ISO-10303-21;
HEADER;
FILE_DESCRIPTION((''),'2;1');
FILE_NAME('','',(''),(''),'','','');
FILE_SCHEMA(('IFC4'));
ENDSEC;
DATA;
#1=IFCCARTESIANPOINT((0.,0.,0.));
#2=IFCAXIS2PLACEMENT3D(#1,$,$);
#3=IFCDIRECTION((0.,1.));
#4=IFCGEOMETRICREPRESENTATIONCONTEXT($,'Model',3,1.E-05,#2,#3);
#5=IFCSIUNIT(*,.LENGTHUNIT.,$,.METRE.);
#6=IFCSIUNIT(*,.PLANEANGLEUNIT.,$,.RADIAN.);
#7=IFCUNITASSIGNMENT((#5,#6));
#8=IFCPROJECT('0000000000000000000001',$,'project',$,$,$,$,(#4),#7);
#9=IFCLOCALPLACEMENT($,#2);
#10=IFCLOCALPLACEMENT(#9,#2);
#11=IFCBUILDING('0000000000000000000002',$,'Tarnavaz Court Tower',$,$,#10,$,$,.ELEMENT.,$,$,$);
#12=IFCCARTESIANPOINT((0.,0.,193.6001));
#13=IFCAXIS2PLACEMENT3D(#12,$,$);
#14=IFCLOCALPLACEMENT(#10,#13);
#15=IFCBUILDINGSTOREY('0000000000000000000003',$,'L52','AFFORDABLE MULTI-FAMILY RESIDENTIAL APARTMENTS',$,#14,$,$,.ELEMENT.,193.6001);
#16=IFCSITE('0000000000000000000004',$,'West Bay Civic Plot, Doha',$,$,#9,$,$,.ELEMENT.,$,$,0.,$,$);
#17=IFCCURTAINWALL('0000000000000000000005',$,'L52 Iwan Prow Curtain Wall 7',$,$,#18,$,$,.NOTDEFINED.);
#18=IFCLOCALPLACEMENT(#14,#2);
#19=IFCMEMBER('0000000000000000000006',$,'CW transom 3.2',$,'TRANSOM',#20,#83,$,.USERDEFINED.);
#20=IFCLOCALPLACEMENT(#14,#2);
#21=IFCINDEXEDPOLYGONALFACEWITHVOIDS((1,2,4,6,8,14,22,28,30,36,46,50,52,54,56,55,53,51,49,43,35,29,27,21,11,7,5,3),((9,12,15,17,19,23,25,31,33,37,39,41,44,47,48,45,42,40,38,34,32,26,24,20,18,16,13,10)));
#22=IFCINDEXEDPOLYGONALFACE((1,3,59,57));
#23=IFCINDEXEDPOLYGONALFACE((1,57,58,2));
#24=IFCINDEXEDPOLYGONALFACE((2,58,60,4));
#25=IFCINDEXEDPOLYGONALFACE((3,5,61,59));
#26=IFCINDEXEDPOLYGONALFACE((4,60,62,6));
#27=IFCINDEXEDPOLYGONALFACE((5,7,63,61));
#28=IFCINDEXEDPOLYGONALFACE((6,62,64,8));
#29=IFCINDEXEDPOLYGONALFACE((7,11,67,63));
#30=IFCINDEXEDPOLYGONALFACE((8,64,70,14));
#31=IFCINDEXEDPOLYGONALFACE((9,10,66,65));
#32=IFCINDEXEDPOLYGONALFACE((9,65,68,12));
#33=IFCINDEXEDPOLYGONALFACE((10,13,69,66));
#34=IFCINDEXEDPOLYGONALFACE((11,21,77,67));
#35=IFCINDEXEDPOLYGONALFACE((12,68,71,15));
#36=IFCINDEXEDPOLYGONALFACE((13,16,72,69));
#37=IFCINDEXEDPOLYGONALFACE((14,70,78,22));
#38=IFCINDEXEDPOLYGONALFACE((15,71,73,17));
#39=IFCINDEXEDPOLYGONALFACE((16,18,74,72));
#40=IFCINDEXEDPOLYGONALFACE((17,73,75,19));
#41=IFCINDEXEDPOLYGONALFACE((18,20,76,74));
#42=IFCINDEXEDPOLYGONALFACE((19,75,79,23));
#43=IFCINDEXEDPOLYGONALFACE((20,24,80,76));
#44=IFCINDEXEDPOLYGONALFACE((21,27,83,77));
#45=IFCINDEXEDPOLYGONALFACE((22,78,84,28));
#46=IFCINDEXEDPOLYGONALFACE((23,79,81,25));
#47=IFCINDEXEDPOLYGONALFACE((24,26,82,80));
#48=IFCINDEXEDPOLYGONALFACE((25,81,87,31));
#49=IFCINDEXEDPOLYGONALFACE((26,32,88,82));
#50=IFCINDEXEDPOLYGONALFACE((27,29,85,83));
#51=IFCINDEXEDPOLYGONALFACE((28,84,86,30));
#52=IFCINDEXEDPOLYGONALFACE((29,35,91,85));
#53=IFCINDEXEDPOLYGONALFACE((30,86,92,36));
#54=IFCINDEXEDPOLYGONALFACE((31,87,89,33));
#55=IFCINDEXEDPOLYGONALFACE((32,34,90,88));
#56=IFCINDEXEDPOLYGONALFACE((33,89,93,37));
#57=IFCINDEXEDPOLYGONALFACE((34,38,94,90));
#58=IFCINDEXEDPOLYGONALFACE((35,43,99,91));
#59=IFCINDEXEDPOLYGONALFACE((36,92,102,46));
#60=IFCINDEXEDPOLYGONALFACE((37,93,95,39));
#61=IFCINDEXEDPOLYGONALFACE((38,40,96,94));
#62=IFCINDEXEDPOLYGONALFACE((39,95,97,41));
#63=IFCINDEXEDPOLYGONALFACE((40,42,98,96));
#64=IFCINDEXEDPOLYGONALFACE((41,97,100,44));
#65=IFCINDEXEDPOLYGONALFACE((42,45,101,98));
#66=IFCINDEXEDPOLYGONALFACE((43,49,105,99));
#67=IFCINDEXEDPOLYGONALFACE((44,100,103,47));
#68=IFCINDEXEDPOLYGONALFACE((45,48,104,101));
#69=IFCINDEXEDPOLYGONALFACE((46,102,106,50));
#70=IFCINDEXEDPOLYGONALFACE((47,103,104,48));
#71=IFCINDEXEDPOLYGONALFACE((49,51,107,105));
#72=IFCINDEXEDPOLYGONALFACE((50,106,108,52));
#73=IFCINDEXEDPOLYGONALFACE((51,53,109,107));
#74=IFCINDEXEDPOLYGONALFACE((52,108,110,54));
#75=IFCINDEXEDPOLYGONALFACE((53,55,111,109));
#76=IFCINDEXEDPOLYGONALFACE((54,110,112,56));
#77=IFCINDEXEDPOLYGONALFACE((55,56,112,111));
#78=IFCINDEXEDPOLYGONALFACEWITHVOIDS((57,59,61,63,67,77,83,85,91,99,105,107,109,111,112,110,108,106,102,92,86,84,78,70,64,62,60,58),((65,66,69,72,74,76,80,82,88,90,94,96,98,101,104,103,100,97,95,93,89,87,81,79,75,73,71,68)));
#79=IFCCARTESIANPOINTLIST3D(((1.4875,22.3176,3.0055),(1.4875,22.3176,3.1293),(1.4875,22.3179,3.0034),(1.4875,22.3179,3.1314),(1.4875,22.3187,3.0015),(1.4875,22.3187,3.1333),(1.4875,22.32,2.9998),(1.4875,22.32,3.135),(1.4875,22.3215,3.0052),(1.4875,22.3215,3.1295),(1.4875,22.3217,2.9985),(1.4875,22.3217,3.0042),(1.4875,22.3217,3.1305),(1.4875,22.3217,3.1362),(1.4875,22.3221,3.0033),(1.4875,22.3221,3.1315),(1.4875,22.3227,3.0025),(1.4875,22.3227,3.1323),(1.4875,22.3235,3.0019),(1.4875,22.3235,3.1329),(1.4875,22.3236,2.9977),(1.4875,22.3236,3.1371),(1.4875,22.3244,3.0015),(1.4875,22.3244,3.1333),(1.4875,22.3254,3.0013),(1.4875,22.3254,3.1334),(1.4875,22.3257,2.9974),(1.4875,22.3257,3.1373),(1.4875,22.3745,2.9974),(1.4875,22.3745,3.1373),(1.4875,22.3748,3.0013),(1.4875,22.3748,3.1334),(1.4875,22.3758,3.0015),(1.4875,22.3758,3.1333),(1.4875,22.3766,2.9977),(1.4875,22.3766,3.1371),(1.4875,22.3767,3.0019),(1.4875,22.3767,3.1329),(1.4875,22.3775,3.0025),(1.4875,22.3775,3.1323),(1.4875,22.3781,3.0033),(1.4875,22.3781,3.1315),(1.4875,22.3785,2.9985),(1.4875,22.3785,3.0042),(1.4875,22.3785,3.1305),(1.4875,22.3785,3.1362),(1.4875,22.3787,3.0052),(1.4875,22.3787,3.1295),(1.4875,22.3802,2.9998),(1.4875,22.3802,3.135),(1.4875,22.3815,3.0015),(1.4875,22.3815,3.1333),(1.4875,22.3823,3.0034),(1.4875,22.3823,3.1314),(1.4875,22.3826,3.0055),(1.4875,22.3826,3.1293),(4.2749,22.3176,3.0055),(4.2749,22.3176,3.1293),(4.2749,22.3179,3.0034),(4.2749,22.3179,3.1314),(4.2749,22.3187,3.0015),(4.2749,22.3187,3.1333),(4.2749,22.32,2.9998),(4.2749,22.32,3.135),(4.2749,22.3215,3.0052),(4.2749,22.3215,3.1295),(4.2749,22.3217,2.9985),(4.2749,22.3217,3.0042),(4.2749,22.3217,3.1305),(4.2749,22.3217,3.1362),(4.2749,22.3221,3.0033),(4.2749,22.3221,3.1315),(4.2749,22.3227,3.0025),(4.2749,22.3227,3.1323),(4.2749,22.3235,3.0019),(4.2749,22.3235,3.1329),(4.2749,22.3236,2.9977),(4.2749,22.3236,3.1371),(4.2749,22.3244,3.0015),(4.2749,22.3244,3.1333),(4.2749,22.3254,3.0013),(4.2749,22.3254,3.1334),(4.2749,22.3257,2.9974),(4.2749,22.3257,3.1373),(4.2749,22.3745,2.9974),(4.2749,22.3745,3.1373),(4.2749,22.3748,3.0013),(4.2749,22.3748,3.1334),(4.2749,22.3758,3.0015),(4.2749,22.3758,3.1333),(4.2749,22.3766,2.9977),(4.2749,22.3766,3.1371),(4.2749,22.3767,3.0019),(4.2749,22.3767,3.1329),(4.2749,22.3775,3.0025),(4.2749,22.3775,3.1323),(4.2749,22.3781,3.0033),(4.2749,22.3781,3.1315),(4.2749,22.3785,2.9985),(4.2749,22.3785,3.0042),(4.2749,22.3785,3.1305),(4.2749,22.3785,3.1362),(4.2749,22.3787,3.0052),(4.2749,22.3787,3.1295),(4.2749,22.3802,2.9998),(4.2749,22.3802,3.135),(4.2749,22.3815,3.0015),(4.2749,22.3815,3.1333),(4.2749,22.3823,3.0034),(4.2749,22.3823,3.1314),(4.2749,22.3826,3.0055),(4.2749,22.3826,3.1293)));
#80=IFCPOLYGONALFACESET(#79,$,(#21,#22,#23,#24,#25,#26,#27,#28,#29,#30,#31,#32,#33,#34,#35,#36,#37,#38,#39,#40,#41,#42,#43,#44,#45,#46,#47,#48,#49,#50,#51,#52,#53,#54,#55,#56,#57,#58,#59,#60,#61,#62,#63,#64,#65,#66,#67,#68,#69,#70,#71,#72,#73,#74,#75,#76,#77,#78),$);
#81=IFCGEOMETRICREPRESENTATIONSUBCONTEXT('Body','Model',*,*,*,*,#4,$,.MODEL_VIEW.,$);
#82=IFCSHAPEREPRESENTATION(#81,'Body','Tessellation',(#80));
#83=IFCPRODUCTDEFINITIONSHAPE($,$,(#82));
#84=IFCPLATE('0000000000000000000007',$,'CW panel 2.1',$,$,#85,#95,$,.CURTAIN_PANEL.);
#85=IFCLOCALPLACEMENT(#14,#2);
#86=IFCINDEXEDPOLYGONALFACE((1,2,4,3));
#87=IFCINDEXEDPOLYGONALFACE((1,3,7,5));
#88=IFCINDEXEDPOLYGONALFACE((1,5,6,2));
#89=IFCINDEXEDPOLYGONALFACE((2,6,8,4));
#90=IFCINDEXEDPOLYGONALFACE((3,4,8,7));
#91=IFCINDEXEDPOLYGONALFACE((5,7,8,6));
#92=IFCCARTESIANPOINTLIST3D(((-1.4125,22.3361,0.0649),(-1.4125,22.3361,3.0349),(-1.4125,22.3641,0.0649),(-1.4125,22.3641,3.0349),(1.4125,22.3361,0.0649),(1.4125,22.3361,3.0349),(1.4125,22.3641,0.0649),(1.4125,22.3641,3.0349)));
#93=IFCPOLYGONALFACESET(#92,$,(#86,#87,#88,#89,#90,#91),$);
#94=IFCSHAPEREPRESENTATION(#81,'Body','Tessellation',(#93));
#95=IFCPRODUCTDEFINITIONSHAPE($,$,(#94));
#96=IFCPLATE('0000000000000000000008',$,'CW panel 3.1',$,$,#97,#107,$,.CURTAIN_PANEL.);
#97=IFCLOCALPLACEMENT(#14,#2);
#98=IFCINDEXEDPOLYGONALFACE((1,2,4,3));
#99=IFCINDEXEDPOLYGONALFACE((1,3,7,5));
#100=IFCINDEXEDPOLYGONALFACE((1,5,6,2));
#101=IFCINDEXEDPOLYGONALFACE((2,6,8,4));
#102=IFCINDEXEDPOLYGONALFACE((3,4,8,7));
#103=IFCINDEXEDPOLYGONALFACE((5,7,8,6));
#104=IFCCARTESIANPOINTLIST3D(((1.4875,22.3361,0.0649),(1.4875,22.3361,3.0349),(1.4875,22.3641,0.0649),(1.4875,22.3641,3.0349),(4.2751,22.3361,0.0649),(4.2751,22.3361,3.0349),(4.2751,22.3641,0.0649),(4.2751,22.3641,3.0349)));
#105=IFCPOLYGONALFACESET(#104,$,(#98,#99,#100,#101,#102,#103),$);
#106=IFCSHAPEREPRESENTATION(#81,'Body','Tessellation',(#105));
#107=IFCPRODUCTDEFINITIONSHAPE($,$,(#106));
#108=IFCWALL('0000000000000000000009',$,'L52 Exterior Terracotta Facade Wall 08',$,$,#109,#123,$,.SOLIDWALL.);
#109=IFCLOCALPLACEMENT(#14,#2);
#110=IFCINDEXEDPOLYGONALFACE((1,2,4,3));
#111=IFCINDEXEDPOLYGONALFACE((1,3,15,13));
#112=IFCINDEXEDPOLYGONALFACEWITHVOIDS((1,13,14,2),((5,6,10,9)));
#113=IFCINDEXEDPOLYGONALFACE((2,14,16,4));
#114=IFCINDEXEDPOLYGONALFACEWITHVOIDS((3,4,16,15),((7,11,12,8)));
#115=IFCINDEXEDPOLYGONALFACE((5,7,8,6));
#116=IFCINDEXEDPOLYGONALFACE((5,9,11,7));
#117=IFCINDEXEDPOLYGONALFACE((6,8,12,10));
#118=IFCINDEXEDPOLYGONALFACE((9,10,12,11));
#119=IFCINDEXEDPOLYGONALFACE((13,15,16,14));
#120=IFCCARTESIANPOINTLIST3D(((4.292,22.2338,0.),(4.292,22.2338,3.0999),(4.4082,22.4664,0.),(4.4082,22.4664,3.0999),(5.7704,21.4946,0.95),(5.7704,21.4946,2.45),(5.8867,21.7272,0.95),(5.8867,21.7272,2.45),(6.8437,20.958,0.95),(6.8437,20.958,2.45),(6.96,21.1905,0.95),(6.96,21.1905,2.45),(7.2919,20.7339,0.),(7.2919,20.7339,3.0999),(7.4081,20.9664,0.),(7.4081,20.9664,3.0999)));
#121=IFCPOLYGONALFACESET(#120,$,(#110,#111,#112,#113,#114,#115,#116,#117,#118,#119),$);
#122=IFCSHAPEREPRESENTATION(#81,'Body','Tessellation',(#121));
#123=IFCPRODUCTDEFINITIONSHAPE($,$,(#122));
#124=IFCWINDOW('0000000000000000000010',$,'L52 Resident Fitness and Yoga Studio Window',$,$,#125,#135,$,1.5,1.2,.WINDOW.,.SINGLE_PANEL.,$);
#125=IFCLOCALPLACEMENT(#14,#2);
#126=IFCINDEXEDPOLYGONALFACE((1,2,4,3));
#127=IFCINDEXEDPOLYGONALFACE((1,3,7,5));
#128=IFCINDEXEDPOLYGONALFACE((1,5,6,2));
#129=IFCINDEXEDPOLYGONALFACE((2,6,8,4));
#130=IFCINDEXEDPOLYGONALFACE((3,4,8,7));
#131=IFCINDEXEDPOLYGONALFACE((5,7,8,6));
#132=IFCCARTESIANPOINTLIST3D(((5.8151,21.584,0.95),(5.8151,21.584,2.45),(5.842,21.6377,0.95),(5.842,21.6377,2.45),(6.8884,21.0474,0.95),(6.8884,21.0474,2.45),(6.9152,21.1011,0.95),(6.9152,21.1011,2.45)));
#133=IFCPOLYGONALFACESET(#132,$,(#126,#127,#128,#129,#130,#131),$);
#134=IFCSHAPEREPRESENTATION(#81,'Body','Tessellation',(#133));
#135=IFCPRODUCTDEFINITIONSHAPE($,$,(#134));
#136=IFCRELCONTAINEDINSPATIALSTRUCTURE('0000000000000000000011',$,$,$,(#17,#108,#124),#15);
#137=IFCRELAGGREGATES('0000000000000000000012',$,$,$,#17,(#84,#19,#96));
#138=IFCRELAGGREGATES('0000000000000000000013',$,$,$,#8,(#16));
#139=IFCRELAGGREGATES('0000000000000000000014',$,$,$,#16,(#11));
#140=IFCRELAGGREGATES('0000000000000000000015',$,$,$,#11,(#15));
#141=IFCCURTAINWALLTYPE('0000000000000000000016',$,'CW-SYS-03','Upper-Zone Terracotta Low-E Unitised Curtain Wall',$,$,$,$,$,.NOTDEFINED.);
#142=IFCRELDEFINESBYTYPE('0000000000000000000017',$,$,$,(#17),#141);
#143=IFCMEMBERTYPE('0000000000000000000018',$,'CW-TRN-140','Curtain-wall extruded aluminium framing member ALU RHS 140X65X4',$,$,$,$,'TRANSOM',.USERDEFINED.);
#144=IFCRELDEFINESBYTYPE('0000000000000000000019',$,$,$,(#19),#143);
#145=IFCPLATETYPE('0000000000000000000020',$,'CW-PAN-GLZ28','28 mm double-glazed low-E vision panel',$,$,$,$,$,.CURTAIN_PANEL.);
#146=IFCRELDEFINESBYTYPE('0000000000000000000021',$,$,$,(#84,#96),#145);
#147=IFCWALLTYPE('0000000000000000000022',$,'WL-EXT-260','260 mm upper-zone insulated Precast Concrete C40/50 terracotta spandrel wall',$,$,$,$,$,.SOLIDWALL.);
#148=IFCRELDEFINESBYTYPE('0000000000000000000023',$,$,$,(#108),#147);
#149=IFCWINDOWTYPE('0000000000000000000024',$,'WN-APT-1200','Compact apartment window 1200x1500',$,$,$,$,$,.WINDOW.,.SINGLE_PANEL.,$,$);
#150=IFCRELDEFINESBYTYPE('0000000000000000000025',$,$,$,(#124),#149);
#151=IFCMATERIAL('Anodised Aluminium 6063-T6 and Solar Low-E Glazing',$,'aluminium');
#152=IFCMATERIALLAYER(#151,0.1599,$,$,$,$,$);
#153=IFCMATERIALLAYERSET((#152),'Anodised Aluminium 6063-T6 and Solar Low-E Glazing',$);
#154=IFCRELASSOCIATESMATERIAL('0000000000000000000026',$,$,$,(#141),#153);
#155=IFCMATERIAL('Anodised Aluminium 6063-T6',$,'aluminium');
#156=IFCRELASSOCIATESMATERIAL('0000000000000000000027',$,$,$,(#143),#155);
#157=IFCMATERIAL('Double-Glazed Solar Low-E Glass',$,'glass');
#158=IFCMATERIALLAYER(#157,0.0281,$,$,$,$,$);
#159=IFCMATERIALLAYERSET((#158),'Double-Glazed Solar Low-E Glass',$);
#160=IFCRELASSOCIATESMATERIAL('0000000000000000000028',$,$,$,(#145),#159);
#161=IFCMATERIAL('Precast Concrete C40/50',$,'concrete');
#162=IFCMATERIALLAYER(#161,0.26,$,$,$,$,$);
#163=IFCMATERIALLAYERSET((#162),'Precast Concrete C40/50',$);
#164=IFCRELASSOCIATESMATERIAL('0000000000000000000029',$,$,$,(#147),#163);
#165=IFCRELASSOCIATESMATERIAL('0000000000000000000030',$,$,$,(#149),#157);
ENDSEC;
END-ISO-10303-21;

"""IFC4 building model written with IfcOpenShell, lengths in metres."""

from ifc_helpers import new_model, si_unit, direction, frame, frame_2d, origin, origin_2d, place, context, subcontext, project, spatial, rectangle, hollow_rectangle, extrude, material, layer, layer_set, material_profile, profile_set, type_object, element, fill, aggregate, save


model = new_model("IFC4")

# Units and contexts
model_context = context("Model", 3, precision=1e-05, world=origin(), true_north=direction((0.0, 1.0)))
body_context = subcontext(model_context, "Body", "Model", "MODEL_VIEW")
ifc_project = project(units=[si_unit("LENGTHUNIT", "METRE"), si_unit("PLANEANGLEUNIT", "RADIAN")], contexts=[model_context])

# Site, building, storey
site_placement = place(None, origin())
site = spatial("IfcSite", under=ifc_project, at=site_placement, Name="West Bay Civic Plot, Doha", CompositionType="ELEMENT", RefElevation=0.0)
building_placement = place(site_placement, origin())
building = spatial("IfcBuilding", under=site, at=building_placement, Name="Tarnavaz Court Tower", CompositionType="ELEMENT")
storey_placement = place(building_placement, frame((0.0, 0.0, 193.6001)))
storey = spatial("IfcBuildingStorey", under=building, at=storey_placement, Name="L52", Description="AFFORDABLE MULTI-FAMILY RESIDENTIAL APARTMENTS", CompositionType="ELEMENT", Elevation=193.6001)

# Curtain wall, member, plates
ifc_material_1 = material(Name="Anodised Aluminium 6063-T6 and Solar Low-E Glazing", Category="aluminium")
ifc_layer_1 = layer(ifc_material_1, 0.1599)
ifc_layer_set_1 = layer_set([ifc_layer_1], Name="Anodised Aluminium 6063-T6 and Solar Low-E Glazing")
curtain_wall_type = type_object("IfcCurtainWallType", Name="CW-SYS-03", Description="Upper-Zone Terracotta Low-E Unitised Curtain Wall", PredefinedType="NOTDEFINED", material=ifc_layer_set_1)
curtain_wall_placement = place(storey_placement, origin())
curtain_wall = element("IfcCurtainWall", 1, at=curtain_wall_placement, inside=storey, type_object=curtain_wall_type, Name="L52 Iwan Prow Curtain Wall 7", PredefinedType="NOTDEFINED")
ifc_material_2 = material(Name="Anodised Aluminium 6063-T6", Category="aluminium")
ifc_material_profile_1 = material_profile(ifc_material_2, hollow_rectangle(XDim=0.0649, YDim=0.1399, WallThickness=0.0039, InnerFilletRadius=0.0039, OuterFilletRadius=0.0081, at=origin_2d()), Name="ALU RHS 140X65X4")
ifc_profile_set_1 = profile_set([ifc_material_profile_1], Name="Anodised Aluminium 6063-T6")
member_type_1 = type_object("IfcMemberType", Name="CW-TRN-140", Description="Curtain-wall extruded aluminium framing member ALU RHS 140X65X4", ElementType="TRANSOM", PredefinedType="USERDEFINED", material=ifc_profile_set_1)
member_1_placement = place(storey_placement, frame((1.4875, 22.3501, 3.0674), z_axis=(1.0, 0.0, 0.0), x_axis=(0.0, 1.0, 0.0)))
member_1 = element("IfcMember", 2, at=member_1_placement, type_object=member_type_1, Name="CW transom 3.2", ObjectType="TRANSOM", PredefinedType="USERDEFINED", context=body_context, shape_type="SweptSolid", body=[
    extrude(hollow_rectangle(XDim=0.0649, YDim=0.1399, WallThickness=0.0039, InnerFilletRadius=0.0039, OuterFilletRadius=0.0081, at=origin_2d()), origin(), (0.0, 0.0, 1.0), 2.7874),
])
ifc_material_3 = material(Name="Double-Glazed Solar Low-E Glass", Category="glass")
ifc_layer_2 = layer(ifc_material_3, 0.0281)
ifc_layer_set_2 = layer_set([ifc_layer_2], Name="Double-Glazed Solar Low-E Glass")
plate_type = type_object("IfcPlateType", Name="CW-PAN-GLZ28", Description="28 mm double-glazed low-E vision panel", PredefinedType="CURTAIN_PANEL", material=ifc_layer_set_2)
plate_1_placement = place(storey_placement, frame((0.0, 22.3501, 0.0649), z_axis=(0.0, 0.0, 1.0), x_axis=(1.0, 0.0, 0.0)))
plate_1 = element("IfcPlate", 3, at=plate_1_placement, type_object=plate_type, Name="CW panel 2.1", PredefinedType="CURTAIN_PANEL", context=body_context, shape_type="SweptSolid", body=[
    extrude(rectangle(XDim=2.825, YDim=0.0281, at=origin_2d()), origin(), (0.0, 0.0, 1.0), 2.97),
])
plate_2_placement = place(storey_placement, frame((2.8813, 22.3501, 0.0649), z_axis=(0.0, 0.0, 1.0), x_axis=(1.0, 0.0, 0.0)))
plate_2 = element("IfcPlate", 4, at=plate_2_placement, type_object=plate_type, Name="CW panel 3.1", PredefinedType="CURTAIN_PANEL", context=body_context, shape_type="SweptSolid", body=[
    extrude(rectangle(XDim=2.7876, YDim=0.0281, at=origin_2d()), origin(), (0.0, 0.0, 1.0), 2.97),
])
aggregate(curtain_wall, [plate_1, member_1, plate_2])

# Wall, opening, window
ifc_material_4 = material(Name="Precast Concrete C40/50", Category="concrete")
ifc_layer_3 = layer(ifc_material_4, 0.26)
ifc_layer_set_3 = layer_set([ifc_layer_3], Name="Precast Concrete C40/50")
wall_type = type_object("IfcWallType", Name="WL-EXT-260", Description="260 mm upper-zone insulated Precast Concrete C40/50 terracotta spandrel wall", PredefinedType="SOLIDWALL", material=ifc_layer_set_3)
wall_1_placement = place(storey_placement, frame((4.3501, 22.3501, 0.0), z_axis=(0.0, 0.0, 1.0), x_axis=(0.894427, -0.447214, 0.0)))
wall_1 = element("IfcWall", 5, at=wall_1_placement, inside=storey, type_object=wall_type, Name="L52 Exterior Terracotta Facade Wall 08", PredefinedType="SOLIDWALL", context=body_context, shape_type="SweptSolid", body=[
    extrude(rectangle(XDim=3.354, YDim=0.26, at=frame_2d((1.677, 0.0))), origin(), (0.0, 0.0, 1.0), 3.0999),
])
opening_1_placement = place(wall_1_placement, frame((1.6528, 0.0, 0.95)))
opening_1 = element("IfcOpeningElement", 6, at=opening_1_placement, cuts=wall_1, PredefinedType="OPENING", context=body_context, shape_type="SweptSolid", body=[
    extrude(rectangle(XDim=1.2, YDim=1.5, at=frame_2d((0.6001, 0.75))), frame((0.0, 0.1399, 0.0), z_axis=(0.0, -1.0, 0.0), x_axis=(1.0, 0.0, 0.0)), (0.0, 0.0, 1.0), 0.28),
])
window_type_1 = type_object("IfcWindowType", Name="WN-APT-1200", Description="Compact apartment window 1200x1500", PartitioningType="SINGLE_PANEL", PredefinedType="WINDOW", material=ifc_material_3)
window_1_placement = place(opening_1_placement, origin())
window_1 = element("IfcWindow", 7, at=window_1_placement, inside=storey, type_object=window_type_1, Name="L52 Resident Fitness and Yoga Studio Window", OverallHeight=1.5, OverallWidth=1.2, PartitioningType="SINGLE_PANEL", PredefinedType="WINDOW", context=body_context, shape_type="SweptSolid", body=[
    extrude(rectangle(XDim=1.2, YDim=1.5, at=frame_2d((0.6001, 0.75))), frame((0.0, 0.03, 0.0), z_axis=(0.0, -1.0, 0.0), x_axis=(1.0, 0.0, 0.0)), (0.0, 0.0, 1.0), 0.0601),
])
fill(opening_1, window_1)

save(model, "model.ifc")
